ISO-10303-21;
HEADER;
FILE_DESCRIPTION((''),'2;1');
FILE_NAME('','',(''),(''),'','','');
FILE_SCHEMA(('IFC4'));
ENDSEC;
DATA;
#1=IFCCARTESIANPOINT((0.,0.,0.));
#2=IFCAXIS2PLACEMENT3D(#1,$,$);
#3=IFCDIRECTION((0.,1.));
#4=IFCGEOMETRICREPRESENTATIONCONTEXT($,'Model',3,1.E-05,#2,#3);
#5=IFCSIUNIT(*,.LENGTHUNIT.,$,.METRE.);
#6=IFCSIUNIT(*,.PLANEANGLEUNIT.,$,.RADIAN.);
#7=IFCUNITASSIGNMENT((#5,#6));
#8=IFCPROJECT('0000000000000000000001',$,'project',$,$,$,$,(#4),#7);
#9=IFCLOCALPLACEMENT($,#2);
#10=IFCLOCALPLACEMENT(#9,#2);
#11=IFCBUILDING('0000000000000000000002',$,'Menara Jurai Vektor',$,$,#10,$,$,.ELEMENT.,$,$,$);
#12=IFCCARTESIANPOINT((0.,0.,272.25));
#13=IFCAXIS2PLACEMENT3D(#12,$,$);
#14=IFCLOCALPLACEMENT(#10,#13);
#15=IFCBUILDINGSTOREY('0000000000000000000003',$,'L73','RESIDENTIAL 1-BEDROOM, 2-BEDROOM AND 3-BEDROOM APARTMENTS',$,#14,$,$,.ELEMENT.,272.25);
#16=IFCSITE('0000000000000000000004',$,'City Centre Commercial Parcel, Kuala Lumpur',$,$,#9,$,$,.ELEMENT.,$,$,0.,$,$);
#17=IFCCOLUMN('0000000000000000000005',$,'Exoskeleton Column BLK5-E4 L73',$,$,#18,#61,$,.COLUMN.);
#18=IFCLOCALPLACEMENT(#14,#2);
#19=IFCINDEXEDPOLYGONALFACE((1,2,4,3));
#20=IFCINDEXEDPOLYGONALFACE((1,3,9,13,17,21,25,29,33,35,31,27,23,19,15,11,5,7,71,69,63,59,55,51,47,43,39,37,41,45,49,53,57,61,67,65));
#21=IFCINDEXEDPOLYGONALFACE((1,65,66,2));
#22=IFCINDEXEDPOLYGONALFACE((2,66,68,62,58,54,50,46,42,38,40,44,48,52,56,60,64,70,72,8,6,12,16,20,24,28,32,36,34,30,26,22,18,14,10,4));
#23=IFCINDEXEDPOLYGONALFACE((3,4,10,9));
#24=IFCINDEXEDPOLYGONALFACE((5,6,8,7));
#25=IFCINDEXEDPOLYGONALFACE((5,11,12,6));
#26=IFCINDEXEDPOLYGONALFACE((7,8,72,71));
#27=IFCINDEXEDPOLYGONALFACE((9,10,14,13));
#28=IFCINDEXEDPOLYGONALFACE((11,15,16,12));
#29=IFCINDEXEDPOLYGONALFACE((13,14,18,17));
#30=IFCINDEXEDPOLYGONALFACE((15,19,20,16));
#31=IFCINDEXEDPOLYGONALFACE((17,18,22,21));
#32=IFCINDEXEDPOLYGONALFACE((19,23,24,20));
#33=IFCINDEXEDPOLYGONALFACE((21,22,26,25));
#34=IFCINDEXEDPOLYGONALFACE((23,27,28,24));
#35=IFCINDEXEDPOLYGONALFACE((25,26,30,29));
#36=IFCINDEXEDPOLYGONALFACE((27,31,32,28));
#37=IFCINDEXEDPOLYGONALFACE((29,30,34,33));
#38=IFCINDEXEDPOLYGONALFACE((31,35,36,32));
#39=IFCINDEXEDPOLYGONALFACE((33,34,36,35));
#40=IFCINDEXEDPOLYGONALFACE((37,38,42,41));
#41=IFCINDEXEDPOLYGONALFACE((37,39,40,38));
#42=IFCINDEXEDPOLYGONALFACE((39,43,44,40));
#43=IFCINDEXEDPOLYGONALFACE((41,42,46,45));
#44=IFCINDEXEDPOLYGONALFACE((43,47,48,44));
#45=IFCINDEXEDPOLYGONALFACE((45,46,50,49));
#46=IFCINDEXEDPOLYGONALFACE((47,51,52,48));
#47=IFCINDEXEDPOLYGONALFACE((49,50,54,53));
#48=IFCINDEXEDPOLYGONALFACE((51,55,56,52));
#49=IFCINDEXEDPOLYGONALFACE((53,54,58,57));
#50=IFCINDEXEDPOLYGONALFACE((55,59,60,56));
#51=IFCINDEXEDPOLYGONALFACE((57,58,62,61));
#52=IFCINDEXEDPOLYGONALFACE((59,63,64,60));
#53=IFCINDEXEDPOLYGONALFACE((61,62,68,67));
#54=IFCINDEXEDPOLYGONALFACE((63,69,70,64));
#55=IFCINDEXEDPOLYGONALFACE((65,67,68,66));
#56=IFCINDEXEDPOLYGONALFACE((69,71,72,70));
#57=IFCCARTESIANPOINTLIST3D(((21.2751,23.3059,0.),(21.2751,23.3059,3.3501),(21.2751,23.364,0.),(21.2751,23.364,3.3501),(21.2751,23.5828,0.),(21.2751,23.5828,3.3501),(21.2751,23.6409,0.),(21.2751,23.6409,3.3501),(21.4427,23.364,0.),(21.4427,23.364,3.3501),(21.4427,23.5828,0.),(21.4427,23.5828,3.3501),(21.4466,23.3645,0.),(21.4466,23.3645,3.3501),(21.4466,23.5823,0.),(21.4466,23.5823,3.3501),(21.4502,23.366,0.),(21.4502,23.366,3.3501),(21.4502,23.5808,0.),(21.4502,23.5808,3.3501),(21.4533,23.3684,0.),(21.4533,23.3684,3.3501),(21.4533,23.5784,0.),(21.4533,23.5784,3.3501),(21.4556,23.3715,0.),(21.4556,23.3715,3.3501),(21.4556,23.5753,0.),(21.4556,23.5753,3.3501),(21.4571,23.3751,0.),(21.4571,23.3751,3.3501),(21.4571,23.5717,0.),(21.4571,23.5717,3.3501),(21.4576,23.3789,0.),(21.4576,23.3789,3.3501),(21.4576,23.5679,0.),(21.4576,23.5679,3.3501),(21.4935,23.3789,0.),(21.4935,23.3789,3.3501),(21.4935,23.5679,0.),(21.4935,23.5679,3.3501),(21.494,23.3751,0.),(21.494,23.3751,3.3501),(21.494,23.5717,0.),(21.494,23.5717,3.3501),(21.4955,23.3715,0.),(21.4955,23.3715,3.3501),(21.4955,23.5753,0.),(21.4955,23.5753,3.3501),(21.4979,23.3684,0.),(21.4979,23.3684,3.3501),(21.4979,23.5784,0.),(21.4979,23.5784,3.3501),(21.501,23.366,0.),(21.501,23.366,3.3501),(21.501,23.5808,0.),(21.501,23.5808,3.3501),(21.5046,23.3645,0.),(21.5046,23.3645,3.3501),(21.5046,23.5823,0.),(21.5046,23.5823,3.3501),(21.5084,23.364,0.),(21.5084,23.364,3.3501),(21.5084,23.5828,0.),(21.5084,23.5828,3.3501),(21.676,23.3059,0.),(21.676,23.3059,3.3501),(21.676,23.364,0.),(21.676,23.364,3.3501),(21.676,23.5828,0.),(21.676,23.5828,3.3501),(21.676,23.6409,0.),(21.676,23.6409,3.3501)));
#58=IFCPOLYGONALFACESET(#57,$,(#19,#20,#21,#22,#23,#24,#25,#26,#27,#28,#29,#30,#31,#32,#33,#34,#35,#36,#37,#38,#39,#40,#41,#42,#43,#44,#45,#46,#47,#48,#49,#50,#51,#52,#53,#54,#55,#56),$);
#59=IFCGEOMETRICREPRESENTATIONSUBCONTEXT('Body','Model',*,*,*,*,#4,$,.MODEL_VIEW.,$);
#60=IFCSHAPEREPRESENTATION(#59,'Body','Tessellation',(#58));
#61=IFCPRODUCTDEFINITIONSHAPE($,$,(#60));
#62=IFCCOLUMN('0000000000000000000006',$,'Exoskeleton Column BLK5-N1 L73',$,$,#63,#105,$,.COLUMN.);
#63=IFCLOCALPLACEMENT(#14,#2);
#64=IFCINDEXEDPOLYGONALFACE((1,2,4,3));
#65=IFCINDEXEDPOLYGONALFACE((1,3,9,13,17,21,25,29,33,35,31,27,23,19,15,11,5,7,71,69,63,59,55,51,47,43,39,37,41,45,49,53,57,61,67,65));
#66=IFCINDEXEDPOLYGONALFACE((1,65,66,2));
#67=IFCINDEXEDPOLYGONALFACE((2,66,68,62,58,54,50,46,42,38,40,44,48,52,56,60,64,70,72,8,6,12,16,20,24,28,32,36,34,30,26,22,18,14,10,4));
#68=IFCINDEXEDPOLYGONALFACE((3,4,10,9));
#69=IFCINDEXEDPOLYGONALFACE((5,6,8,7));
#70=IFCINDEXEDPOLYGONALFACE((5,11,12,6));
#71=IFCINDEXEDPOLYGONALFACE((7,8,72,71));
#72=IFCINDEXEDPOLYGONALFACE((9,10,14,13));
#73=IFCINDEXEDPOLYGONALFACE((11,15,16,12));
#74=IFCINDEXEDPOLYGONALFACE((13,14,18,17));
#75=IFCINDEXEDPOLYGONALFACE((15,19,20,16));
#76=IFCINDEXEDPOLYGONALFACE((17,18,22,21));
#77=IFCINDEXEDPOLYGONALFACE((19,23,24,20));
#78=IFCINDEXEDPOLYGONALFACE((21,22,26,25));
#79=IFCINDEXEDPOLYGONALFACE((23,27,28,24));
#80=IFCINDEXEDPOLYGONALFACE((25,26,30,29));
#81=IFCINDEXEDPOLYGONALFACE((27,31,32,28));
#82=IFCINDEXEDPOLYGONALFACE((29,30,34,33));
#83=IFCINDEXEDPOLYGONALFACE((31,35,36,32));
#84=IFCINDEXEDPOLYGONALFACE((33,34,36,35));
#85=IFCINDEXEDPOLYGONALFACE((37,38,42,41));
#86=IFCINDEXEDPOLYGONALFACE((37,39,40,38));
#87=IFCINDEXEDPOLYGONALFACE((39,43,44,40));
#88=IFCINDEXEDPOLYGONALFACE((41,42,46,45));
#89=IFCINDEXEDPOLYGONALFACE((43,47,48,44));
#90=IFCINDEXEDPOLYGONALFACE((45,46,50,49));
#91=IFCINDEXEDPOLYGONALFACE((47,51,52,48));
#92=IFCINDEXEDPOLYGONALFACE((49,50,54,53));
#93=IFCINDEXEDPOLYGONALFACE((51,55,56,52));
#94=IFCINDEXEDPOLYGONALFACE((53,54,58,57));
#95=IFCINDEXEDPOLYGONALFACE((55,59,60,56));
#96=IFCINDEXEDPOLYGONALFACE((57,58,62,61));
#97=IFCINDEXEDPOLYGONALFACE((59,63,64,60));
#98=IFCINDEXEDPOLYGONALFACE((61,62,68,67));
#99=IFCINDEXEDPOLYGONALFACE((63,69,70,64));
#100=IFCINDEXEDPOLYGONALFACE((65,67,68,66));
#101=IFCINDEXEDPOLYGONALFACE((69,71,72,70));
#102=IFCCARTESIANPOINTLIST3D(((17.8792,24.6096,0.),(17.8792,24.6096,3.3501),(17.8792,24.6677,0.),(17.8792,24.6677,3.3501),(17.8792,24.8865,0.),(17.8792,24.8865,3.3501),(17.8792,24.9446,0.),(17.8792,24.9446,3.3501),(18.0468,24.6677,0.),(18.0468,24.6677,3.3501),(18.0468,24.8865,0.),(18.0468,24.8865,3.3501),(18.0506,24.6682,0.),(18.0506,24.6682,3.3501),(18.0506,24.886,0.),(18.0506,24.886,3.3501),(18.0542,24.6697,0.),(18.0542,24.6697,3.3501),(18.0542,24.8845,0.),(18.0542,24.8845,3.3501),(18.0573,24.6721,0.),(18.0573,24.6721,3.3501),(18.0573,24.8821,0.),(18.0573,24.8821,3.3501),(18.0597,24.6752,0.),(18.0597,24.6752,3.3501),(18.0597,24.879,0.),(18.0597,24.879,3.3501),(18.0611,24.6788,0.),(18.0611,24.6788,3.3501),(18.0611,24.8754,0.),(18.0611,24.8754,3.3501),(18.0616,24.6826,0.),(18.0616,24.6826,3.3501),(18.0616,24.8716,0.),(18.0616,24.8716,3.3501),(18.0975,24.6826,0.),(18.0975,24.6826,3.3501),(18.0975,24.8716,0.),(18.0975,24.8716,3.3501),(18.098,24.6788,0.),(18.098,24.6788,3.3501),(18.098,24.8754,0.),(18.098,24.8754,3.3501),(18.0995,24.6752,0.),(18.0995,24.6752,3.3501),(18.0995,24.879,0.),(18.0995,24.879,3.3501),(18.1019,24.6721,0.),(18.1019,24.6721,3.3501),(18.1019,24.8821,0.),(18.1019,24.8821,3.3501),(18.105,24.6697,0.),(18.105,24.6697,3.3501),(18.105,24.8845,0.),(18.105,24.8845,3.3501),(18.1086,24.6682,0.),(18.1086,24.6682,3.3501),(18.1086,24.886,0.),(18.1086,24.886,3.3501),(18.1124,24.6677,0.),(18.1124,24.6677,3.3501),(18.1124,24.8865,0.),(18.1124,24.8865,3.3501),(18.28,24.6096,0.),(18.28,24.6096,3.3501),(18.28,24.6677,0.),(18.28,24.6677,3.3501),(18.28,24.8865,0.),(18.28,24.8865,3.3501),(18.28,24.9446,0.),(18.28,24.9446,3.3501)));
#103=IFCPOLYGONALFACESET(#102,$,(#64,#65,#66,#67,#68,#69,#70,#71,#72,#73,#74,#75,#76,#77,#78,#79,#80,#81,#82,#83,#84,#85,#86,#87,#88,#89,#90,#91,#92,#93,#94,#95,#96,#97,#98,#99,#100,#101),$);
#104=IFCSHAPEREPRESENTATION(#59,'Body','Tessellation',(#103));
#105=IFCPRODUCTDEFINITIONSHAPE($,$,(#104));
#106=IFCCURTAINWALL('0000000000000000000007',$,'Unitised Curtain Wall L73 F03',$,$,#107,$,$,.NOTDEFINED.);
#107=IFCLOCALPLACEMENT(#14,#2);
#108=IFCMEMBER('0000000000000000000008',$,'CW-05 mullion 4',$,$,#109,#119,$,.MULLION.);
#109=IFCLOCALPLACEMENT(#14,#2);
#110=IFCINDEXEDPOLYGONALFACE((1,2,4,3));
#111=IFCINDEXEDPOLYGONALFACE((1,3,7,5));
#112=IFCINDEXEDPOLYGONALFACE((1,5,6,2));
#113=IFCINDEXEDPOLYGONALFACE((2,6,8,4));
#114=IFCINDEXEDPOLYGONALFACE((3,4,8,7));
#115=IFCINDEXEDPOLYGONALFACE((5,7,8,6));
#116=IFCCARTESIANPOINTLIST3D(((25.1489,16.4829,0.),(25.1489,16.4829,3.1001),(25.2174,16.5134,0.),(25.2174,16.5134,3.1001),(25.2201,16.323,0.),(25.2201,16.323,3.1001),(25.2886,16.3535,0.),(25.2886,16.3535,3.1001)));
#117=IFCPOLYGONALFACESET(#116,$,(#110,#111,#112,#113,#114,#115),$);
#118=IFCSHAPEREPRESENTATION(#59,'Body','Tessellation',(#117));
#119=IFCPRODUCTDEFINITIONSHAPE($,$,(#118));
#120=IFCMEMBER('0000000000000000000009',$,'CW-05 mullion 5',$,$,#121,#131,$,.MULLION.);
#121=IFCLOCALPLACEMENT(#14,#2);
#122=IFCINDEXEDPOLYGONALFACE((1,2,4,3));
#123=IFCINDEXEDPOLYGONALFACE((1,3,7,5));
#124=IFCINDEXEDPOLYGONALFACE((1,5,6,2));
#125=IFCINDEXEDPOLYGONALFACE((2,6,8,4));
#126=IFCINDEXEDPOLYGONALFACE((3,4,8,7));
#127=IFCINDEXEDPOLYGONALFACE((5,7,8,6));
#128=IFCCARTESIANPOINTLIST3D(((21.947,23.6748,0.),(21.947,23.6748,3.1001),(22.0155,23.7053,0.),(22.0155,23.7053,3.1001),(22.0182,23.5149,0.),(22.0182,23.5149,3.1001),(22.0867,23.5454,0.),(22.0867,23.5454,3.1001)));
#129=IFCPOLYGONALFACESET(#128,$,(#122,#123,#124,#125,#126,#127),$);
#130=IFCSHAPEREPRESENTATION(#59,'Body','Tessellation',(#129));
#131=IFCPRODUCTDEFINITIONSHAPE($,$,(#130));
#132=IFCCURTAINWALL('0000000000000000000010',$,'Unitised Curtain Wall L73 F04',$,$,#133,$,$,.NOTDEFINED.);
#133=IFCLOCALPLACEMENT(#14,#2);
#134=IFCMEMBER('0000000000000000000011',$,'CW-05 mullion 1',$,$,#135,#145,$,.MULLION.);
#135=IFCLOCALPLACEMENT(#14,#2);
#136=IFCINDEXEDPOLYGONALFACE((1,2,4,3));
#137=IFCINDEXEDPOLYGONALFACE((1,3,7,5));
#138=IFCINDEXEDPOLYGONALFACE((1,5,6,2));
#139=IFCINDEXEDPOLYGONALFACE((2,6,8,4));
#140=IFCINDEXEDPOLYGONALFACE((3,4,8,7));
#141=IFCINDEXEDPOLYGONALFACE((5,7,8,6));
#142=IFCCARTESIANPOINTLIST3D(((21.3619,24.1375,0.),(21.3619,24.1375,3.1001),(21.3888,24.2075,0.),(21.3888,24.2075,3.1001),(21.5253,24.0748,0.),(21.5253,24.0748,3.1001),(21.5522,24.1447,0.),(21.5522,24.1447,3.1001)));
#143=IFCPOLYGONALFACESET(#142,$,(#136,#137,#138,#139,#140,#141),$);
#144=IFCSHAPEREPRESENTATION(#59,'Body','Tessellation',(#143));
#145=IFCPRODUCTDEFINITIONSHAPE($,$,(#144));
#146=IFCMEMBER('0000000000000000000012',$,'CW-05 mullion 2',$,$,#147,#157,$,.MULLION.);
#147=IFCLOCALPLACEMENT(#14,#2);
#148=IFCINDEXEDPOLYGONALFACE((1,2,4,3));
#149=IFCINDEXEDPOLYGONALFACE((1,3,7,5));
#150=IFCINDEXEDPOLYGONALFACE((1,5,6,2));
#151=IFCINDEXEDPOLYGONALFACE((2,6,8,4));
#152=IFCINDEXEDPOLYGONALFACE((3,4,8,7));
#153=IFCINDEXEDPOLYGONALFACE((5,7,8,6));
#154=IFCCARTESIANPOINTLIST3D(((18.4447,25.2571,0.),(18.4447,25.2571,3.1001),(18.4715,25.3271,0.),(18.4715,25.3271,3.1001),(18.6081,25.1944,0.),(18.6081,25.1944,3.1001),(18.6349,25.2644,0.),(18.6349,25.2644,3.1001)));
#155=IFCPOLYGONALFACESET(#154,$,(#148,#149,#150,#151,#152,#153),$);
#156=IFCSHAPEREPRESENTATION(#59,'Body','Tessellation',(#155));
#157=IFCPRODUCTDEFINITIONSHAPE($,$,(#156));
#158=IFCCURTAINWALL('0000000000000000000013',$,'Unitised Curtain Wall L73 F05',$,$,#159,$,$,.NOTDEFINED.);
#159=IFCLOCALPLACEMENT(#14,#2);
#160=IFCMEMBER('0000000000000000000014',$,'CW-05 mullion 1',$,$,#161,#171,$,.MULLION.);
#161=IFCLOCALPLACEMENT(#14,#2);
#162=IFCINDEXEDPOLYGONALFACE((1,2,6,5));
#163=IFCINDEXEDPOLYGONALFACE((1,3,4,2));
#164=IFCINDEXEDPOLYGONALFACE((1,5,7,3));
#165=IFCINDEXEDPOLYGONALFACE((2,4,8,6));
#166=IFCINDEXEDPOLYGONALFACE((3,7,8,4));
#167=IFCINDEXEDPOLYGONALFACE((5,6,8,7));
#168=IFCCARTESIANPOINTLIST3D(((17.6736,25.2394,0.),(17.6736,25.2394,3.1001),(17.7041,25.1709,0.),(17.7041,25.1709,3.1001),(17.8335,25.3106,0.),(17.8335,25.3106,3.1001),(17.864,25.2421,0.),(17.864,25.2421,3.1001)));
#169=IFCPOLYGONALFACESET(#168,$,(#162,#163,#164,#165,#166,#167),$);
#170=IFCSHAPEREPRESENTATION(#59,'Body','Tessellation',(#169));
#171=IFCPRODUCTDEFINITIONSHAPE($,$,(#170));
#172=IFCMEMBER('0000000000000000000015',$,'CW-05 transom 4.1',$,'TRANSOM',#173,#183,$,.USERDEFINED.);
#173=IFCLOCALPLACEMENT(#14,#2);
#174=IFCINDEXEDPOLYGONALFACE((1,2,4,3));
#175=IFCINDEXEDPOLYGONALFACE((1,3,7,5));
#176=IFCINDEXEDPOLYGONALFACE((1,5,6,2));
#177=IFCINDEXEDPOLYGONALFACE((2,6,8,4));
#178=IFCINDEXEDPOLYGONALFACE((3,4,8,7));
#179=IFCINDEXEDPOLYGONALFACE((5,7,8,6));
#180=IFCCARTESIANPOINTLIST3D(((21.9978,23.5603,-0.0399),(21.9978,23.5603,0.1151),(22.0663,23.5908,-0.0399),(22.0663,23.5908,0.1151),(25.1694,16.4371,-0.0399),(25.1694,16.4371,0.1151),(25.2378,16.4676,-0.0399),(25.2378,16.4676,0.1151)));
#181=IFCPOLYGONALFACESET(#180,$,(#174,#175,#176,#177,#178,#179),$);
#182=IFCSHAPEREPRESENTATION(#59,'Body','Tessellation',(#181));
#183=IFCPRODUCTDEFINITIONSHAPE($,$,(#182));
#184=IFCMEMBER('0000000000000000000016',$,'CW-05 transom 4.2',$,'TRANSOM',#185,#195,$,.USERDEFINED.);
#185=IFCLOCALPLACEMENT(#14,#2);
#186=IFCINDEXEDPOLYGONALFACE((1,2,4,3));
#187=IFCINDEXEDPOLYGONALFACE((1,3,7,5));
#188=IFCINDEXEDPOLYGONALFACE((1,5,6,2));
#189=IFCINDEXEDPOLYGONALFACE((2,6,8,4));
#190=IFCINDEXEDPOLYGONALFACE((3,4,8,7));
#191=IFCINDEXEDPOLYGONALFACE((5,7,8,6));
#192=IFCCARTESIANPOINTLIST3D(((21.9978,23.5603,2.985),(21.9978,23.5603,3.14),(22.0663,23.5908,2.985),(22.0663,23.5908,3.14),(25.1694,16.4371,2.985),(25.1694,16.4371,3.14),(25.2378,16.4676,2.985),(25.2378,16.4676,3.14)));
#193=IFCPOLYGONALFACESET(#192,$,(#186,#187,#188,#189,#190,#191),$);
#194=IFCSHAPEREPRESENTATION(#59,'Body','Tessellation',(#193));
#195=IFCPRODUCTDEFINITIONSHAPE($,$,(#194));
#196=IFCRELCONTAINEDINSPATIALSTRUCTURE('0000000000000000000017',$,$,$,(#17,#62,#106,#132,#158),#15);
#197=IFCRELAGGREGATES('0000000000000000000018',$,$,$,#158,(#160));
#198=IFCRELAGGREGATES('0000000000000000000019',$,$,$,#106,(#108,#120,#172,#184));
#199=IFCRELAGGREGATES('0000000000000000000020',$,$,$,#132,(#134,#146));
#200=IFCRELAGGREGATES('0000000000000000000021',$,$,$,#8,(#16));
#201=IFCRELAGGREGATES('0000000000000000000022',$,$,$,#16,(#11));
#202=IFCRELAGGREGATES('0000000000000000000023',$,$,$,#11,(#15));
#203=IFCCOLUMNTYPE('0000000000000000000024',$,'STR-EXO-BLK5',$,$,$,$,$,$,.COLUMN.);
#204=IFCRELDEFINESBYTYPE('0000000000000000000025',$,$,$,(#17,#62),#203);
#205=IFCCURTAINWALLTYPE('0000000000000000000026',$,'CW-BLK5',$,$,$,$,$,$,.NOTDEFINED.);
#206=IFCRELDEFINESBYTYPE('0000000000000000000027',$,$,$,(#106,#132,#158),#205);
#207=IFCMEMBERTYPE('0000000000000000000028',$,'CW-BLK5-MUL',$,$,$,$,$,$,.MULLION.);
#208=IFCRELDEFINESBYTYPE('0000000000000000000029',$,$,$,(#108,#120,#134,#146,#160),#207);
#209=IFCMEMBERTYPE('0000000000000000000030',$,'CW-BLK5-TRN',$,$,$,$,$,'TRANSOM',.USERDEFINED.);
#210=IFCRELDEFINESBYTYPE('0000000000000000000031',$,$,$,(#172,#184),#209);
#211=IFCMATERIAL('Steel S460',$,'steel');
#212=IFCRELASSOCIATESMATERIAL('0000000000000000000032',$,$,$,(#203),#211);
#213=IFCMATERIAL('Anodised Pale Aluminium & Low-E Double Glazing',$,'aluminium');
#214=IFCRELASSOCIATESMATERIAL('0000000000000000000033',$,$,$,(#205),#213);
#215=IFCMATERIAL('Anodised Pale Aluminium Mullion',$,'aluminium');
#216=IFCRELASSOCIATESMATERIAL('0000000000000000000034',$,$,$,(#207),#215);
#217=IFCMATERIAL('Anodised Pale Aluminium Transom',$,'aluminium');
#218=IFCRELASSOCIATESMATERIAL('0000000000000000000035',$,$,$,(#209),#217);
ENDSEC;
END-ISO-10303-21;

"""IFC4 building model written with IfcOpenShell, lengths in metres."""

from ifc_helpers import new_model, si_unit, direction, frame, origin, origin_2d, place, context, subcontext, project, spatial, rectangle, i_section, extrude, material, material_profile, profile_set, type_object, element, aggregate, save


model = new_model("IFC4")

# Units and contexts
model_context = context("Model", 3, precision=1e-05, world=origin(), true_north=direction((0.0, 1.0)))
body_context = subcontext(model_context, "Body", "Model", "MODEL_VIEW")
ifc_project = project(units=[si_unit("LENGTHUNIT", "METRE"), si_unit("PLANEANGLEUNIT", "RADIAN")], contexts=[model_context])

# Site, building, storey
site_placement = place(None, origin())
site = spatial("IfcSite", under=ifc_project, at=site_placement, Name="City Centre Commercial Parcel, Kuala Lumpur", CompositionType="ELEMENT", RefElevation=0.0)
building_placement = place(site_placement, origin())
building = spatial("IfcBuilding", under=site, at=building_placement, Name="Menara Jurai Vektor", CompositionType="ELEMENT")
storey_placement = place(building_placement, frame((0.0, 0.0, 272.25)))
storey = spatial("IfcBuildingStorey", under=building, at=storey_placement, Name="L73", Description="RESIDENTIAL 1-BEDROOM, 2-BEDROOM AND 3-BEDROOM APARTMENTS", CompositionType="ELEMENT", Elevation=272.25)

# Columns
ifc_material_1 = material(Name="Steel S460", Category="steel")
ifc_material_profile_1 = material_profile(ifc_material_1, i_section(OverallWidth=0.4009, OverallDepth=0.335, WebThickness=0.0359, FlangeThickness=0.0581, FilletRadius=0.0149, at=origin_2d()), Name="HD 400x463")
ifc_profile_set_1 = profile_set([ifc_material_profile_1], Name="Steel S460")
column_type = type_object("IfcColumnType", Name="STR-EXO-BLK5", PredefinedType="COLUMN", material=ifc_profile_set_1)
for number, where, z_axis, x_axis, name in (
    (1, (21.4756, 23.4734, 0.0), (0.0, 0.0, 1.0), (1.0, 0.0, 0.0), "Exoskeleton Column BLK5-E4 L73"),
    (2, (18.0796, 24.7771, 0.0), (0.0, 0.0, 1.0), (1.0, 0.0, 0.0), "Exoskeleton Column BLK5-N1 L73"),
):
    element("IfcColumn", number, at=place(storey_placement, frame(where, z_axis=z_axis, x_axis=x_axis)), inside=storey, type_object=column_type, Name=name, PredefinedType="COLUMN", context=body_context, shape_type="SweptSolid", body=[
        extrude(i_section(OverallWidth=0.4009, OverallDepth=0.335, WebThickness=0.0359, FlangeThickness=0.0581, FilletRadius=0.0149, at=origin_2d()), origin(), (0.0, 0.0, 1.0), 3.3501),
    ])

# Curtain walls, members
ifc_material_2 = material(Name="Anodised Pale Aluminium & Low-E Double Glazing", Category="aluminium")
curtain_wall_type = type_object("IfcCurtainWallType", Name="CW-BLK5", PredefinedType="NOTDEFINED", material=ifc_material_2)
curtain_wall_1_placement = place(storey_placement, origin())
curtain_wall_1 = element("IfcCurtainWall", 3, at=curtain_wall_1_placement, inside=storey, type_object=curtain_wall_type, Name="Unitised Curtain Wall L73 F03", PredefinedType="NOTDEFINED")
ifc_material_3 = material(Name="Anodised Pale Aluminium Mullion", Category="aluminium")
ifc_material_profile_2 = material_profile(ifc_material_3, rectangle(XDim=0.075, YDim=0.175, at=origin_2d()), Name="ALU MUL 75x175")
ifc_profile_set_2 = profile_set([ifc_material_profile_2], Name="Anodised Pale Aluminium Mullion")
member_type_1 = type_object("IfcMemberType", Name="CW-BLK5-MUL", PredefinedType="MULLION", material=ifc_profile_set_2)
member_1_placement = place(storey_placement, frame((25.2188, 16.4182, 0.0), z_axis=(0.0, 0.0, 1.0), x_axis=(-0.913546, -0.406735, 0.0)))
member_1 = element("IfcMember", 4, at=member_1_placement, type_object=member_type_1, Name="CW-05 mullion 4", PredefinedType="MULLION", context=body_context, shape_type="SweptSolid", body=[
    extrude(rectangle(XDim=0.075, YDim=0.175, at=origin_2d()), origin(), (0.0, 0.0, 1.0), 3.1001),
])
member_2_placement = place(storey_placement, frame((22.0168, 23.6101, 0.0), z_axis=(0.0, 0.0, 1.0), x_axis=(-0.913546, -0.406735, 0.0)))
member_2 = element("IfcMember", 5, at=member_2_placement, type_object=member_type_1, Name="CW-05 mullion 5", PredefinedType="MULLION", context=body_context, shape_type="SweptSolid", body=[
    extrude(rectangle(XDim=0.075, YDim=0.175, at=origin_2d()), origin(), (0.0, 0.0, 1.0), 3.1001),
])
curtain_wall_2_placement = place(storey_placement, origin())
curtain_wall_2 = element("IfcCurtainWall", 6, at=curtain_wall_2_placement, inside=storey, type_object=curtain_wall_type, Name="Unitised Curtain Wall L73 F04", PredefinedType="NOTDEFINED")
member_3_placement = place(storey_placement, frame((21.457, 24.1411, 0.0), z_axis=(0.0, 0.0, 1.0), x_axis=(-0.358374, -0.933578, 0.0)))
member_3 = element("IfcMember", 7, at=member_3_placement, type_object=member_type_1, Name="CW-05 mullion 1", PredefinedType="MULLION", context=body_context, shape_type="SweptSolid", body=[
    extrude(rectangle(XDim=0.075, YDim=0.175, at=origin_2d()), origin(), (0.0, 0.0, 1.0), 3.1001),
])
member_4_placement = place(storey_placement, frame((18.5398, 25.2607, 0.0), z_axis=(0.0, 0.0, 1.0), x_axis=(-0.358374, -0.933578, 0.0)))
member_4 = element("IfcMember", 8, at=member_4_placement, type_object=member_type_1, Name="CW-05 mullion 2", PredefinedType="MULLION", context=body_context, shape_type="SweptSolid", body=[
    extrude(rectangle(XDim=0.075, YDim=0.175, at=origin_2d()), origin(), (0.0, 0.0, 1.0), 3.1001),
])

# Curtain wall, member
curtain_wall_3_placement = place(storey_placement, origin())
curtain_wall_3 = element("IfcCurtainWall", 9, at=curtain_wall_3_placement, inside=storey, type_object=curtain_wall_type, Name="Unitised Curtain Wall L73 F05", PredefinedType="NOTDEFINED")
member_5_placement = place(storey_placement, frame((17.7688, 25.2407, 0.0), z_axis=(0.0, 0.0, 1.0), x_axis=(0.406735, -0.913546, 0.0)))
member_5 = element("IfcMember", 10, at=member_5_placement, type_object=member_type_1, Name="CW-05 mullion 1", PredefinedType="MULLION", context=body_context, shape_type="SweptSolid", body=[
    extrude(rectangle(XDim=0.075, YDim=0.175, at=origin_2d()), origin(), (0.0, 0.0, 1.0), 3.1001),
])

# Members
ifc_material_4 = material(Name="Anodised Pale Aluminium Transom", Category="aluminium")
ifc_material_profile_3 = material_profile(ifc_material_4, rectangle(XDim=0.075, YDim=0.155, at=origin_2d()), Name="ALU TRN 75x155")
ifc_profile_set_3 = profile_set([ifc_material_profile_3], Name="Anodised Pale Aluminium Transom")
member_type_2 = type_object("IfcMemberType", Name="CW-BLK5-TRN", ElementType="TRANSOM", PredefinedType="USERDEFINED", material=ifc_profile_set_3)
member_6_placement = place(storey_placement, frame((25.2036, 16.4524, 0.0376), z_axis=(-0.406751, 0.913539, 0.0), x_axis=(-0.913539, -0.406751, 0.0)))
member_6 = element("IfcMember", 11, at=member_6_placement, type_object=member_type_2, Name="CW-05 transom 4.1", ObjectType="TRANSOM", PredefinedType="USERDEFINED", context=body_context, shape_type="SweptSolid", body=[
    extrude(rectangle(XDim=0.075, YDim=0.155, at=origin_2d()), origin(), (0.0, 0.0, 1.0), 7.7974),
])
member_7_placement = place(storey_placement, frame((25.2036, 16.4524, 3.0625), z_axis=(-0.406751, 0.913539, 0.0), x_axis=(-0.913539, -0.406751, 0.0)))
member_7 = element("IfcMember", 12, at=member_7_placement, type_object=member_type_2, Name="CW-05 transom 4.2", ObjectType="TRANSOM", PredefinedType="USERDEFINED", context=body_context, shape_type="SweptSolid", body=[
    extrude(rectangle(XDim=0.075, YDim=0.155, at=origin_2d()), origin(), (0.0, 0.0, 1.0), 7.7974),
])
aggregate(curtain_wall_3, [member_5])

aggregate(curtain_wall_1, [member_1, member_2, member_6, member_7])
aggregate(curtain_wall_2, [member_3, member_4])

save(model, "model.ifc")
